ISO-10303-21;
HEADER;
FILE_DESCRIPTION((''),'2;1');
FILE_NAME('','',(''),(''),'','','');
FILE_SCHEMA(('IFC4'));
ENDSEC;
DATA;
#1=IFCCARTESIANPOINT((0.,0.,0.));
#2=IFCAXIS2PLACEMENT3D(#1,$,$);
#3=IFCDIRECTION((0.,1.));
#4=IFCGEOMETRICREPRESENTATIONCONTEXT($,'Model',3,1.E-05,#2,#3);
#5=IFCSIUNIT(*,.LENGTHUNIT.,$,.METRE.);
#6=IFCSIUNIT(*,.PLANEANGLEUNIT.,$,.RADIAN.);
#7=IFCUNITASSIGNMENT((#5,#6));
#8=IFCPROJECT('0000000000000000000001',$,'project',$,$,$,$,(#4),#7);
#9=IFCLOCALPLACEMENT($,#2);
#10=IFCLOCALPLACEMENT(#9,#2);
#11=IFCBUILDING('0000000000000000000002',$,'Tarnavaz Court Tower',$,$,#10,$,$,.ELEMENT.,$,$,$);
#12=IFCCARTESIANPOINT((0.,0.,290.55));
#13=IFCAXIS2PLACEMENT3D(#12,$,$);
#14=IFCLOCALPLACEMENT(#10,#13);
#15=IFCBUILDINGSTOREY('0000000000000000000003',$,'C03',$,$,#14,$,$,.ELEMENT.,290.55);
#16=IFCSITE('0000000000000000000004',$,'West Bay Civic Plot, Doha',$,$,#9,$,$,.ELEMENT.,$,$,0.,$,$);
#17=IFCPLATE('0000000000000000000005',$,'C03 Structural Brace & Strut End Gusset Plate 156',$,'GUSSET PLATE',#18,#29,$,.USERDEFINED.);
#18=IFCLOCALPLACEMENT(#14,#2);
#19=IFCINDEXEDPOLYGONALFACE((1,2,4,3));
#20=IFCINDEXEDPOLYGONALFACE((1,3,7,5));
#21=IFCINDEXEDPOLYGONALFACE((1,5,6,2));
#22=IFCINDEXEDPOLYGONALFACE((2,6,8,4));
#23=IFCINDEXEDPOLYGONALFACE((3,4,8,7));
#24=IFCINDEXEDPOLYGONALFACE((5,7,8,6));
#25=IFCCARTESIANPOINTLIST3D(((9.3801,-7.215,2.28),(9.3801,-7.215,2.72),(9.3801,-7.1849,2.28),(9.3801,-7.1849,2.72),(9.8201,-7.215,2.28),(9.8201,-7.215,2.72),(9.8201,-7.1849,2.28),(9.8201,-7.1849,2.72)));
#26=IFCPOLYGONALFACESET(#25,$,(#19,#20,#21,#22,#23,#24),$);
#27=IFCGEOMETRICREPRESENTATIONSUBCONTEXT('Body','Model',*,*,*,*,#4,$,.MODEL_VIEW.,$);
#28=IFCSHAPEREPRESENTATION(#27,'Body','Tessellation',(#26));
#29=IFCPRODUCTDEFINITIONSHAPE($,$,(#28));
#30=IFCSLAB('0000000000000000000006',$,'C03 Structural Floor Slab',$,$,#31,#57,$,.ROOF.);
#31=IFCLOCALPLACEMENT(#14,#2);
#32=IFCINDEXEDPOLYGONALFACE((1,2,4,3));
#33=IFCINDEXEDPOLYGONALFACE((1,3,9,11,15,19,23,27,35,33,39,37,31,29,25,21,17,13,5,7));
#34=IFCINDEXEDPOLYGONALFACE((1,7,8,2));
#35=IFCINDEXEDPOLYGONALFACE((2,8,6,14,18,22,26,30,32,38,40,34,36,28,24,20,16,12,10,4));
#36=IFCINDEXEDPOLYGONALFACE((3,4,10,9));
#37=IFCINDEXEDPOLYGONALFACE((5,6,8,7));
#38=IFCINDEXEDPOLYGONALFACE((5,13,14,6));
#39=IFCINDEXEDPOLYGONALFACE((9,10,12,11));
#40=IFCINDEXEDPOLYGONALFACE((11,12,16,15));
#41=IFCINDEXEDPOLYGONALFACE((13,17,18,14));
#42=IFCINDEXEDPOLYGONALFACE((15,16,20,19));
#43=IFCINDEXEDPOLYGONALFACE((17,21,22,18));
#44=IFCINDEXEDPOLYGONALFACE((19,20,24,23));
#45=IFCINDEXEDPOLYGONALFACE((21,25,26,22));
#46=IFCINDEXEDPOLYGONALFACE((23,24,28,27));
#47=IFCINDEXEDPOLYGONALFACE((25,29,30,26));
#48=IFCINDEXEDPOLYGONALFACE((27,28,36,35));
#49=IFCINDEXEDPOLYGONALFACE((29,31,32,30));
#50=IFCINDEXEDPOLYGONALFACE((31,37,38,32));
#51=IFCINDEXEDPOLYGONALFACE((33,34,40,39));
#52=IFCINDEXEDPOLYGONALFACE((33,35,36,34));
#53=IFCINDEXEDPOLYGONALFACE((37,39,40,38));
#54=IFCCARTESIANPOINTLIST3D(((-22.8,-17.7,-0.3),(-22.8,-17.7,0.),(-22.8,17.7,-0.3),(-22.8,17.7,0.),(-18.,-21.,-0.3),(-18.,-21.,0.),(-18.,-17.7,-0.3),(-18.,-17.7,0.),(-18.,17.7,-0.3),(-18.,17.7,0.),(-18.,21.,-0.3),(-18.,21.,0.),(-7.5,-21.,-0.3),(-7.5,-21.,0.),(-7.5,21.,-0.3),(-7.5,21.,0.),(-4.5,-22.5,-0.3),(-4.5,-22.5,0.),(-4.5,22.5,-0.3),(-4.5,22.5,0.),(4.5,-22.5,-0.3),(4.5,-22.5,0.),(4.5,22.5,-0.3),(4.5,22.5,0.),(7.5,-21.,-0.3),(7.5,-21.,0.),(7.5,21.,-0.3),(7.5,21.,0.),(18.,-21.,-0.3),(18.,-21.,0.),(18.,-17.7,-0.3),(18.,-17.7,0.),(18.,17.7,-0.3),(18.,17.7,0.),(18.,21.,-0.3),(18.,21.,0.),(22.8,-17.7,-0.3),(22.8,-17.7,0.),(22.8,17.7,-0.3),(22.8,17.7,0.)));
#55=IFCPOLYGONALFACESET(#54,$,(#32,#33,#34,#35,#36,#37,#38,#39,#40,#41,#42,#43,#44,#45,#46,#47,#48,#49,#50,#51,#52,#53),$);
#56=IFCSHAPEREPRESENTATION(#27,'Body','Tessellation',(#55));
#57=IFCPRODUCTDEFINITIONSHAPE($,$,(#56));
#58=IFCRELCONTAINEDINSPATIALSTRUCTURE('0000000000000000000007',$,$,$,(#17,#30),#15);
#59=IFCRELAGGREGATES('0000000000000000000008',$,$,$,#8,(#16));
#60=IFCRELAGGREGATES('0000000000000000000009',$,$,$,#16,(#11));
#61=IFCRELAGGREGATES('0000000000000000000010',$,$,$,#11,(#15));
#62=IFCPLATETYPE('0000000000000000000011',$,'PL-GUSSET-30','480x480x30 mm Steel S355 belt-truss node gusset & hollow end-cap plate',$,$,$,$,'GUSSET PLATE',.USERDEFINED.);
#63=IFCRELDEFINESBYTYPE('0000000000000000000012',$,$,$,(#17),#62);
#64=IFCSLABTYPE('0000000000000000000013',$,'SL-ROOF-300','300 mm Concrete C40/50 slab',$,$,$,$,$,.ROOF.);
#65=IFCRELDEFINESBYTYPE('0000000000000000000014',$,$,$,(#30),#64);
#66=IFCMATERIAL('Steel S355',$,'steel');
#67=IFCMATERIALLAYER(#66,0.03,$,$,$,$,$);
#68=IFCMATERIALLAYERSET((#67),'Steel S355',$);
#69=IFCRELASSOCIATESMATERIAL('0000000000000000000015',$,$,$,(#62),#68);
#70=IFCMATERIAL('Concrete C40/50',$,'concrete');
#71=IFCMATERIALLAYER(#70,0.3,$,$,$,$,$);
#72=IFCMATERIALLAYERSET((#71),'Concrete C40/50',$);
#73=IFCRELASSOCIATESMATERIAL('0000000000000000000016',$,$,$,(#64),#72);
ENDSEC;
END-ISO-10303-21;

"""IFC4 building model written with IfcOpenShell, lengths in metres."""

from ifc_helpers import new_model, si_unit, direction, frame, origin, origin_2d, place, context, subcontext, project, spatial, polyline, rectangle, outline, extrude, material, layer, layer_set, type_object, element, save


model = new_model("IFC4")

# Units and contexts
model_context = context("Model", 3, precision=1e-05, world=origin(), true_north=direction((0.0, 1.0)))
body_context = subcontext(model_context, "Body", "Model", "MODEL_VIEW")
ifc_project = project(units=[si_unit("LENGTHUNIT", "METRE"), si_unit("PLANEANGLEUNIT", "RADIAN")], contexts=[model_context])

# Site, building, storey
site_placement = place(None, origin())
site = spatial("IfcSite", under=ifc_project, at=site_placement, Name="West Bay Civic Plot, Doha", CompositionType="ELEMENT", RefElevation=0.0)
building_placement = place(site_placement, origin())
building = spatial("IfcBuilding", under=site, at=building_placement, Name="Tarnavaz Court Tower", CompositionType="ELEMENT")
storey_placement = place(building_placement, frame((0.0, 0.0, 290.55)))
storey = spatial("IfcBuildingStorey", under=building, at=storey_placement, Name="C03", CompositionType="ELEMENT", Elevation=290.55)

# Shared definitions
ifc_material_1 = material(Name="Steel S355", Category="steel")

# Plate
ifc_layer_1 = layer(ifc_material_1, 0.03)
ifc_layer_set_1 = layer_set([ifc_layer_1], Name="Steel S355")
plate_type_1 = type_object("IfcPlateType", Name="PL-GUSSET-30", Description="480x480x30 mm Steel S355 belt-truss node gusset & hollow end-cap plate", ElementType="GUSSET PLATE", PredefinedType="USERDEFINED", material=ifc_layer_set_1)
plate_1_placement = place(storey_placement, frame((9.6001, -7.2, 2.28), z_axis=(0.0, 0.0, 1.0), x_axis=(1.0, 0.0, 0.0)))
element("IfcPlate", 1, at=plate_1_placement, inside=storey, type_object=plate_type_1, Name="C03 Structural Brace & Strut End Gusset Plate 156", ObjectType="GUSSET PLATE", PredefinedType="USERDEFINED", context=body_context, shape_type="SweptSolid", body=[
    extrude(rectangle(XDim=0.4399, YDim=0.03, at=origin_2d()), origin(), (0.0, 0.0, 1.0), 0.4399),
])

# Slab
ifc_material_2 = material(Name="Concrete C40/50", Category="concrete")
ifc_layer_2 = layer(ifc_material_2, 0.3)
ifc_layer_set_2 = layer_set([ifc_layer_2], Name="Concrete C40/50")
slab_type = type_object("IfcSlabType", Name="SL-ROOF-300", Description="300 mm Concrete C40/50 slab", PredefinedType="ROOF", material=ifc_layer_set_2)
slab_placement = place(storey_placement, frame((0.0, 0.0, -0.3)))
element("IfcSlab", 2, at=slab_placement, inside=storey, type_object=slab_type, Name="C03 Structural Floor Slab", PredefinedType="ROOF", context=body_context, shape_type="SweptSolid", body=[
    extrude(outline(polyline([(-7.5, -21.0), (-18.0, -21.0), (-18.0, -17.7), (-22.8, -17.7), (-22.8, 17.7), (-18.0, 17.7), (-18.0, 21.0), (-7.5, 21.0), (-4.5, 22.5), (4.5, 22.5), (7.5, 21.0), (18.0, 21.0), (18.0, 17.7), (22.8, 17.7), (22.8, -17.7), (18.0, -17.7), (18.0, -21.0), (7.5, -21.0), (4.5, -22.5), (-4.5, -22.5), (-7.5, -21.0)])), origin(), (0.0, 0.0, 1.0), 0.3),
])

save(model, "model.ifc")
